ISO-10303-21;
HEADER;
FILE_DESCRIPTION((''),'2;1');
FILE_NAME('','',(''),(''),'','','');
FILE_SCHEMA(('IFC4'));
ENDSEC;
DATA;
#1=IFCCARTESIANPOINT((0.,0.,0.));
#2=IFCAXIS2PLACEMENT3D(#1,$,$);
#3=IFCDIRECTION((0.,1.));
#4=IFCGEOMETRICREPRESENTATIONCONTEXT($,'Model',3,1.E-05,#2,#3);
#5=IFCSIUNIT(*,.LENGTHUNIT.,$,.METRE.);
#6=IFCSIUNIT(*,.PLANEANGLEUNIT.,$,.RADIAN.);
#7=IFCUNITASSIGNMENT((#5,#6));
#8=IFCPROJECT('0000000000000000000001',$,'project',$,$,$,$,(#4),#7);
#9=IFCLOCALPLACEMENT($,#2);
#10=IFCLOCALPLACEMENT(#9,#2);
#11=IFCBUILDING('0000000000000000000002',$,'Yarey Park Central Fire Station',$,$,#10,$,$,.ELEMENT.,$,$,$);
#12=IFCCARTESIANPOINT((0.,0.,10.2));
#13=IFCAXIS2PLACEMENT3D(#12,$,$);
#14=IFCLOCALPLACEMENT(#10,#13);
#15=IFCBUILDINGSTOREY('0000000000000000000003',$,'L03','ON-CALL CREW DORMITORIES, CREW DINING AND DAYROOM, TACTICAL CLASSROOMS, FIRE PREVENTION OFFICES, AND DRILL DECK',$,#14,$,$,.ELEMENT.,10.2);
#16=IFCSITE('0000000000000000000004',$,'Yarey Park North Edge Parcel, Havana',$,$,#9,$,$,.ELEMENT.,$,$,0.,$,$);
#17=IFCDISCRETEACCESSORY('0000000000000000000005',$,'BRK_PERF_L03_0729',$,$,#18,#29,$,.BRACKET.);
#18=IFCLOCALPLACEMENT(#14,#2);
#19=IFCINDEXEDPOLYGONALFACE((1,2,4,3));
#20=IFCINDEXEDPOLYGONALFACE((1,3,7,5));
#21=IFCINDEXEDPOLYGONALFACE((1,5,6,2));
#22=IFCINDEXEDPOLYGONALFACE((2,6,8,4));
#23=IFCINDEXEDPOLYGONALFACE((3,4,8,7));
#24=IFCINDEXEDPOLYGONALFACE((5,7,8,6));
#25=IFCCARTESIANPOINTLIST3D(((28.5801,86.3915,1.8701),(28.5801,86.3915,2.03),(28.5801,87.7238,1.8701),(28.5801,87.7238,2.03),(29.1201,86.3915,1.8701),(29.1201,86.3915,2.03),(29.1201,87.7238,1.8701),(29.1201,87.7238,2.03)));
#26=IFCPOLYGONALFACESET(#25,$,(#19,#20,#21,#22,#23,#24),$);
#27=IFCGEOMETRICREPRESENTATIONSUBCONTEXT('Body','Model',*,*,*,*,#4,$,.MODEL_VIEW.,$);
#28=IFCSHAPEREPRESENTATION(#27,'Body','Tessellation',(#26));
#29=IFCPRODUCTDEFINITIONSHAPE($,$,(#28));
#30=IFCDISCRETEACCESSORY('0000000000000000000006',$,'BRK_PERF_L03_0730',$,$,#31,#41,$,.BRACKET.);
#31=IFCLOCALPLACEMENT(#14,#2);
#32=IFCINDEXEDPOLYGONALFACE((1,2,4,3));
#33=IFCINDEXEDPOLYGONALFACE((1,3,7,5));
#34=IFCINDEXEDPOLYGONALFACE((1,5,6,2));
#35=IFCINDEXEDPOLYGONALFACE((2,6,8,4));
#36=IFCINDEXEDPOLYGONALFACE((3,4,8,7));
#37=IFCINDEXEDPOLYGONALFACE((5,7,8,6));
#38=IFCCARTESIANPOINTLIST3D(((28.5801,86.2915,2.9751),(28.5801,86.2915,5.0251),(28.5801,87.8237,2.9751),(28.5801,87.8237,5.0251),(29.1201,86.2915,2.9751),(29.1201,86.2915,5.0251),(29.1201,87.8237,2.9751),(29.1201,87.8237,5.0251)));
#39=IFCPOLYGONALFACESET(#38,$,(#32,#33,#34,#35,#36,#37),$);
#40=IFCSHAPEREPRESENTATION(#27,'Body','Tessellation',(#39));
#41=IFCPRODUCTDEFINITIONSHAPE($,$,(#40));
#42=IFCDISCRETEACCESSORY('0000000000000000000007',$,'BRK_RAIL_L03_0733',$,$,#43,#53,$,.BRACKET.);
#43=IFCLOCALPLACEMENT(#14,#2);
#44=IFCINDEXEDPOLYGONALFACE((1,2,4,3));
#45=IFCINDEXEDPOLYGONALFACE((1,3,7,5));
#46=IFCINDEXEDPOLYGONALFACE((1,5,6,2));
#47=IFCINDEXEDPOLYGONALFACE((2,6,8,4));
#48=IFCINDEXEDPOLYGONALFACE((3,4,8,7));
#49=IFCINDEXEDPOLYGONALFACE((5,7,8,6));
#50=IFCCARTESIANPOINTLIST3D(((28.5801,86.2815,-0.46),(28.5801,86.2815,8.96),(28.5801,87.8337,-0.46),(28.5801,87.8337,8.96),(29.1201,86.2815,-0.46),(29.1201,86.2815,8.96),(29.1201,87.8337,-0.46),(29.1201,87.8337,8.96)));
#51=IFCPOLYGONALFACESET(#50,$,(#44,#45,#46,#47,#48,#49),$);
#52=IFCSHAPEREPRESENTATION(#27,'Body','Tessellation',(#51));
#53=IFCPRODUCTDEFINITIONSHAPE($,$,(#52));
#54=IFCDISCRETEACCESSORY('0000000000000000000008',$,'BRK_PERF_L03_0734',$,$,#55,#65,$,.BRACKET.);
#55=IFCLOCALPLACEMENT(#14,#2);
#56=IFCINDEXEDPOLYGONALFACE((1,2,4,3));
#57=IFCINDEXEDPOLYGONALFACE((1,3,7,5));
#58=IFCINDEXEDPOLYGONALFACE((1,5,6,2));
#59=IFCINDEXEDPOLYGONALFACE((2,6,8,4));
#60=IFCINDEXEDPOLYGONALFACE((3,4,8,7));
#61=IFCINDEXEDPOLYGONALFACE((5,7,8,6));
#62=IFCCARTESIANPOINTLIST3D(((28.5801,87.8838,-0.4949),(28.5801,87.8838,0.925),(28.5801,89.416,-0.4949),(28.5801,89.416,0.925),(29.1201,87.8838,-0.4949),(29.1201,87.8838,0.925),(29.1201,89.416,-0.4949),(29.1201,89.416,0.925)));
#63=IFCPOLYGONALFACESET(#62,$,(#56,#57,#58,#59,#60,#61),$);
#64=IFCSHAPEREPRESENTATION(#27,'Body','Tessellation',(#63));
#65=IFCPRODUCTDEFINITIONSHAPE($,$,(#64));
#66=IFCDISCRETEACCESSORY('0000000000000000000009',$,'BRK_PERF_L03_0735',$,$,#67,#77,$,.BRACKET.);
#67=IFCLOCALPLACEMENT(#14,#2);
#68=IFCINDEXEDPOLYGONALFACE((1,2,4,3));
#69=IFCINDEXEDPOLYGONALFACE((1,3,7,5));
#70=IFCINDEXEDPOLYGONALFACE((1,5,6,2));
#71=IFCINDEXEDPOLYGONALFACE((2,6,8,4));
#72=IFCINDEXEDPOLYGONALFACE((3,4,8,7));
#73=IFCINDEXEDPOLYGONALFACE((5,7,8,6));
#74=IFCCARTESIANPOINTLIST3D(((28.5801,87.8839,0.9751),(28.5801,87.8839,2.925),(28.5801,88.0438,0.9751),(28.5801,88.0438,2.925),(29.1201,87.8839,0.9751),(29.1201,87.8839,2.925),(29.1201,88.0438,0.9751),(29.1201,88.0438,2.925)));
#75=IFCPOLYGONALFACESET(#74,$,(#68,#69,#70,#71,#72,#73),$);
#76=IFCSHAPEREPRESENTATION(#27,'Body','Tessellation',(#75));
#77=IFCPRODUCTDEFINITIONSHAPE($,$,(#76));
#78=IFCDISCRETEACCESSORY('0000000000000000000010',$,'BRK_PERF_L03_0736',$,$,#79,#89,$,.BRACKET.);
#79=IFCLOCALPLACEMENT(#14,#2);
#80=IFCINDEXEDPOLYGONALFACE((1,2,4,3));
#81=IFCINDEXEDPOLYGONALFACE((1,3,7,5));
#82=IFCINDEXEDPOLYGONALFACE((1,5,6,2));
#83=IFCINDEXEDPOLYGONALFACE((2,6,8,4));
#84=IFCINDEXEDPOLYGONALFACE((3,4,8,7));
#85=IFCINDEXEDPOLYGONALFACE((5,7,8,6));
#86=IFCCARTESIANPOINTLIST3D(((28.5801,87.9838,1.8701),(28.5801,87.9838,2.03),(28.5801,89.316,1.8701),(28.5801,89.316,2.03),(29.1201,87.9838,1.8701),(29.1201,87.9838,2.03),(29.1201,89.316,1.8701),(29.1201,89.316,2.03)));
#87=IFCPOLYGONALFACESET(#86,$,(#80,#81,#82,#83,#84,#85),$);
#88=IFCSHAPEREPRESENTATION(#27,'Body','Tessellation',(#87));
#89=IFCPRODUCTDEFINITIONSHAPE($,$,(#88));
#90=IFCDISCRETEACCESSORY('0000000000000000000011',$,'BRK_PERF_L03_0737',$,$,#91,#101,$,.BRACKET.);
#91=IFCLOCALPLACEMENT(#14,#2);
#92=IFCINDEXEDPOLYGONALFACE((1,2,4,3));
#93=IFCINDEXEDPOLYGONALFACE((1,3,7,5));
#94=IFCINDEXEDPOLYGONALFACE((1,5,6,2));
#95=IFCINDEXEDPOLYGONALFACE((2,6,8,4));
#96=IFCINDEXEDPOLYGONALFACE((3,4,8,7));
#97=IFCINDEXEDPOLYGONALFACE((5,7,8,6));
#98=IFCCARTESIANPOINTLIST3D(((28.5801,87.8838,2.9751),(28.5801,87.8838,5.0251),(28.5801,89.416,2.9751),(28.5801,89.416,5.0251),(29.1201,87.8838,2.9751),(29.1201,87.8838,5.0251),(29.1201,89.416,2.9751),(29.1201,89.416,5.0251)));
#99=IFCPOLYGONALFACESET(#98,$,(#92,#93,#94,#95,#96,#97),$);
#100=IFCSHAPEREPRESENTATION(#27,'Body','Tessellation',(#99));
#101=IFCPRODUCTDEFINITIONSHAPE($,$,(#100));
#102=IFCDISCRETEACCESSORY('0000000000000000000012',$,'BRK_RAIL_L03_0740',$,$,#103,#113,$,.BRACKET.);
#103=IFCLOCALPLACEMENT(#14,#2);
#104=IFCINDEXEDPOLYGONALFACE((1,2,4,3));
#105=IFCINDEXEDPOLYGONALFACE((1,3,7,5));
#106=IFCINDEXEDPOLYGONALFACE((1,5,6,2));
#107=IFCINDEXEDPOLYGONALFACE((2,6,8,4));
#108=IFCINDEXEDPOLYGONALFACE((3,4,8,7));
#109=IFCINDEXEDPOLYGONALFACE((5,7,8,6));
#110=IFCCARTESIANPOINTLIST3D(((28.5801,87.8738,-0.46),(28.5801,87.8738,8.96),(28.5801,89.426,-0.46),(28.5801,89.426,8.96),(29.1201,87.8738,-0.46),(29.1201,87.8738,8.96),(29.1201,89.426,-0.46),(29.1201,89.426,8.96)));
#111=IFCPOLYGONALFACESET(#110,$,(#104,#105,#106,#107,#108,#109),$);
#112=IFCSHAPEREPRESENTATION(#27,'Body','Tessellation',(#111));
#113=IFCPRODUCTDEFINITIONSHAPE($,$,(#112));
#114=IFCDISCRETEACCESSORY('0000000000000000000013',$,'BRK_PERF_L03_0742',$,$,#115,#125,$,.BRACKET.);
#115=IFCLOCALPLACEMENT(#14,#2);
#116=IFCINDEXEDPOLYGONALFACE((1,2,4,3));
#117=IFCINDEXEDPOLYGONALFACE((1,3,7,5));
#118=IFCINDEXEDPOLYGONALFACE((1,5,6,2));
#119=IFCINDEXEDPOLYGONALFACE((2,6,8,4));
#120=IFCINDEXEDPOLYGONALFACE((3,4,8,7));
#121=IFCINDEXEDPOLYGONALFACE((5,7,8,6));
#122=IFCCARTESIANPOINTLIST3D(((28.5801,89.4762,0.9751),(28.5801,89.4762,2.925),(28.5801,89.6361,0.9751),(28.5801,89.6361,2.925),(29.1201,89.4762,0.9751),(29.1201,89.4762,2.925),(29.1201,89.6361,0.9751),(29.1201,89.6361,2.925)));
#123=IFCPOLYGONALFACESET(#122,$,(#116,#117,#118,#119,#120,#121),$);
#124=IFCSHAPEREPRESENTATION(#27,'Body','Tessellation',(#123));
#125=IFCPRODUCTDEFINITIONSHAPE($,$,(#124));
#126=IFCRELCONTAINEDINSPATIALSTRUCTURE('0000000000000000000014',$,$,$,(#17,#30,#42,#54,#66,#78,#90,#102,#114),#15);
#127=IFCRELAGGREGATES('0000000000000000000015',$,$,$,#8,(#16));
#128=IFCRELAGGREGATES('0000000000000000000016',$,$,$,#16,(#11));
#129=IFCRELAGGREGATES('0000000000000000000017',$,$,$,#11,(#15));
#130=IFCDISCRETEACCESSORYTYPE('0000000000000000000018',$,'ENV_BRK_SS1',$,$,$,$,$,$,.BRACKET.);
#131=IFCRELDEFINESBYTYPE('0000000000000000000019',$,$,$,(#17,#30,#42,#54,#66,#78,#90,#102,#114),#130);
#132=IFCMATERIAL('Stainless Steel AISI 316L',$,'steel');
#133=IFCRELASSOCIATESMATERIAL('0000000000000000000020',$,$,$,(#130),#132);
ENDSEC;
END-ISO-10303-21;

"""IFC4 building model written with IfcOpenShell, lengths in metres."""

from ifc_helpers import new_model, si_unit, direction, frame, origin, origin_2d, place, context, subcontext, project, spatial, rectangle, extrude, material, type_object, element, save


model = new_model("IFC4")

# Units and contexts
model_context = context("Model", 3, precision=1e-05, world=origin(), true_north=direction((0.0, 1.0)))
body_context = subcontext(model_context, "Body", "Model", "MODEL_VIEW")
ifc_project = project(units=[si_unit("LENGTHUNIT", "METRE"), si_unit("PLANEANGLEUNIT", "RADIAN")], contexts=[model_context])

# Site, building, storey
site_placement = place(None, origin())
site = spatial("IfcSite", under=ifc_project, at=site_placement, Name="Yarey Park North Edge Parcel, Havana", CompositionType="ELEMENT", RefElevation=0.0)
building_placement = place(site_placement, origin())
building = spatial("IfcBuilding", under=site, at=building_placement, Name="Yarey Park Central Fire Station", CompositionType="ELEMENT")
storey_placement = place(building_placement, frame((0.0, 0.0, 10.2)))
storey = spatial("IfcBuildingStorey", under=building, at=storey_placement, Name="L03", Description="ON-CALL CREW DORMITORIES, CREW DINING AND DAYROOM, TACTICAL CLASSROOMS, FIRE PREVENTION OFFICES, AND DRILL DECK", CompositionType="ELEMENT", Elevation=10.2)

# Discrete accessories
ifc_material_1 = material(Name="Stainless Steel AISI 316L", Category="steel")
discrete_accessory_type = type_object("IfcDiscreteAccessoryType", Name="ENV_BRK_SS1", PredefinedType="BRACKET", material=ifc_material_1)
discrete_accessory_1_placement = place(storey_placement, frame((28.8501, 87.0576, 1.8701), z_axis=(0.0, 0.0, 1.0), x_axis=(1.0, 0.0, 0.0)))
element("IfcDiscreteAccessory", 1, at=discrete_accessory_1_placement, inside=storey, type_object=discrete_accessory_type, Name="BRK_PERF_L03_0729", PredefinedType="BRACKET", context=body_context, shape_type="SweptSolid", body=[
    extrude(rectangle(XDim=0.54, YDim=1.3323, at=origin_2d()), origin(), (0.0, 0.0, 1.0), 0.1599),
])
discrete_accessory_2_placement = place(storey_placement, frame((28.8501, 87.0576, 2.9751), z_axis=(0.0, 0.0, 1.0), x_axis=(1.0, 0.0, 0.0)))
element("IfcDiscreteAccessory", 2, at=discrete_accessory_2_placement, inside=storey, type_object=discrete_accessory_type, Name="BRK_PERF_L03_0730", PredefinedType="BRACKET", context=body_context, shape_type="SweptSolid", body=[
    extrude(rectangle(XDim=0.54, YDim=1.5322, at=origin_2d()), origin(), (0.0, 0.0, 1.0), 2.05),
])
discrete_accessory_3_placement = place(storey_placement, frame((28.8501, 87.0576, -0.46), z_axis=(0.0, 0.0, 1.0), x_axis=(1.0, 0.0, 0.0)))
element("IfcDiscreteAccessory", 3, at=discrete_accessory_3_placement, inside=storey, type_object=discrete_accessory_type, Name="BRK_RAIL_L03_0733", PredefinedType="BRACKET", context=body_context, shape_type="SweptSolid", body=[
    extrude(rectangle(XDim=0.54, YDim=1.5522, at=origin_2d()), origin(), (0.0, 0.0, 1.0), 9.4199),
])
discrete_accessory_4_placement = place(storey_placement, frame((28.8501, 88.6499, -0.4949), z_axis=(0.0, 0.0, 1.0), x_axis=(1.0, 0.0, 0.0)))
element("IfcDiscreteAccessory", 4, at=discrete_accessory_4_placement, inside=storey, type_object=discrete_accessory_type, Name="BRK_PERF_L03_0734", PredefinedType="BRACKET", context=body_context, shape_type="SweptSolid", body=[
    extrude(rectangle(XDim=0.54, YDim=1.5322, at=origin_2d()), origin(), (0.0, 0.0, 1.0), 1.4199),
])
discrete_accessory_5_placement = place(storey_placement, frame((28.8501, 87.9639, 0.9751), z_axis=(0.0, 0.0, 1.0), x_axis=(1.0, 0.0, 0.0)))
element("IfcDiscreteAccessory", 5, at=discrete_accessory_5_placement, inside=storey, type_object=discrete_accessory_type, Name="BRK_PERF_L03_0735", PredefinedType="BRACKET", context=body_context, shape_type="SweptSolid", body=[
    extrude(rectangle(XDim=0.54, YDim=0.1599, at=origin_2d()), origin(), (0.0, 0.0, 1.0), 1.95),
])
discrete_accessory_6_placement = place(storey_placement, frame((28.8501, 88.6499, 1.8701), z_axis=(0.0, 0.0, 1.0), x_axis=(1.0, 0.0, 0.0)))
element("IfcDiscreteAccessory", 6, at=discrete_accessory_6_placement, inside=storey, type_object=discrete_accessory_type, Name="BRK_PERF_L03_0736", PredefinedType="BRACKET", context=body_context, shape_type="SweptSolid", body=[
    extrude(rectangle(XDim=0.54, YDim=1.3323, at=origin_2d()), origin(), (0.0, 0.0, 1.0), 0.1599),
])
discrete_accessory_7_placement = place(storey_placement, frame((28.8501, 88.6499, 2.9751), z_axis=(0.0, 0.0, 1.0), x_axis=(1.0, 0.0, 0.0)))
element("IfcDiscreteAccessory", 7, at=discrete_accessory_7_placement, inside=storey, type_object=discrete_accessory_type, Name="BRK_PERF_L03_0737", PredefinedType="BRACKET", context=body_context, shape_type="SweptSolid", body=[
    extrude(rectangle(XDim=0.54, YDim=1.5322, at=origin_2d()), origin(), (0.0, 0.0, 1.0), 2.05),
])
discrete_accessory_8_placement = place(storey_placement, frame((28.8501, 88.6499, -0.46), z_axis=(0.0, 0.0, 1.0), x_axis=(1.0, 0.0, 0.0)))
element("IfcDiscreteAccessory", 8, at=discrete_accessory_8_placement, inside=storey, type_object=discrete_accessory_type, Name="BRK_RAIL_L03_0740", PredefinedType="BRACKET", context=body_context, shape_type="SweptSolid", body=[
    extrude(rectangle(XDim=0.54, YDim=1.5522, at=origin_2d()), origin(), (0.0, 0.0, 1.0), 9.4199),
])
discrete_accessory_9_placement = place(storey_placement, frame((28.8501, 89.5562, 0.9751), z_axis=(0.0, 0.0, 1.0), x_axis=(1.0, 0.0, 0.0)))
element("IfcDiscreteAccessory", 9, at=discrete_accessory_9_placement, inside=storey, type_object=discrete_accessory_type, Name="BRK_PERF_L03_0742", PredefinedType="BRACKET", context=body_context, shape_type="SweptSolid", body=[
    extrude(rectangle(XDim=0.54, YDim=0.1599, at=origin_2d()), origin(), (0.0, 0.0, 1.0), 1.95),
])

save(model, "model.ifc")
